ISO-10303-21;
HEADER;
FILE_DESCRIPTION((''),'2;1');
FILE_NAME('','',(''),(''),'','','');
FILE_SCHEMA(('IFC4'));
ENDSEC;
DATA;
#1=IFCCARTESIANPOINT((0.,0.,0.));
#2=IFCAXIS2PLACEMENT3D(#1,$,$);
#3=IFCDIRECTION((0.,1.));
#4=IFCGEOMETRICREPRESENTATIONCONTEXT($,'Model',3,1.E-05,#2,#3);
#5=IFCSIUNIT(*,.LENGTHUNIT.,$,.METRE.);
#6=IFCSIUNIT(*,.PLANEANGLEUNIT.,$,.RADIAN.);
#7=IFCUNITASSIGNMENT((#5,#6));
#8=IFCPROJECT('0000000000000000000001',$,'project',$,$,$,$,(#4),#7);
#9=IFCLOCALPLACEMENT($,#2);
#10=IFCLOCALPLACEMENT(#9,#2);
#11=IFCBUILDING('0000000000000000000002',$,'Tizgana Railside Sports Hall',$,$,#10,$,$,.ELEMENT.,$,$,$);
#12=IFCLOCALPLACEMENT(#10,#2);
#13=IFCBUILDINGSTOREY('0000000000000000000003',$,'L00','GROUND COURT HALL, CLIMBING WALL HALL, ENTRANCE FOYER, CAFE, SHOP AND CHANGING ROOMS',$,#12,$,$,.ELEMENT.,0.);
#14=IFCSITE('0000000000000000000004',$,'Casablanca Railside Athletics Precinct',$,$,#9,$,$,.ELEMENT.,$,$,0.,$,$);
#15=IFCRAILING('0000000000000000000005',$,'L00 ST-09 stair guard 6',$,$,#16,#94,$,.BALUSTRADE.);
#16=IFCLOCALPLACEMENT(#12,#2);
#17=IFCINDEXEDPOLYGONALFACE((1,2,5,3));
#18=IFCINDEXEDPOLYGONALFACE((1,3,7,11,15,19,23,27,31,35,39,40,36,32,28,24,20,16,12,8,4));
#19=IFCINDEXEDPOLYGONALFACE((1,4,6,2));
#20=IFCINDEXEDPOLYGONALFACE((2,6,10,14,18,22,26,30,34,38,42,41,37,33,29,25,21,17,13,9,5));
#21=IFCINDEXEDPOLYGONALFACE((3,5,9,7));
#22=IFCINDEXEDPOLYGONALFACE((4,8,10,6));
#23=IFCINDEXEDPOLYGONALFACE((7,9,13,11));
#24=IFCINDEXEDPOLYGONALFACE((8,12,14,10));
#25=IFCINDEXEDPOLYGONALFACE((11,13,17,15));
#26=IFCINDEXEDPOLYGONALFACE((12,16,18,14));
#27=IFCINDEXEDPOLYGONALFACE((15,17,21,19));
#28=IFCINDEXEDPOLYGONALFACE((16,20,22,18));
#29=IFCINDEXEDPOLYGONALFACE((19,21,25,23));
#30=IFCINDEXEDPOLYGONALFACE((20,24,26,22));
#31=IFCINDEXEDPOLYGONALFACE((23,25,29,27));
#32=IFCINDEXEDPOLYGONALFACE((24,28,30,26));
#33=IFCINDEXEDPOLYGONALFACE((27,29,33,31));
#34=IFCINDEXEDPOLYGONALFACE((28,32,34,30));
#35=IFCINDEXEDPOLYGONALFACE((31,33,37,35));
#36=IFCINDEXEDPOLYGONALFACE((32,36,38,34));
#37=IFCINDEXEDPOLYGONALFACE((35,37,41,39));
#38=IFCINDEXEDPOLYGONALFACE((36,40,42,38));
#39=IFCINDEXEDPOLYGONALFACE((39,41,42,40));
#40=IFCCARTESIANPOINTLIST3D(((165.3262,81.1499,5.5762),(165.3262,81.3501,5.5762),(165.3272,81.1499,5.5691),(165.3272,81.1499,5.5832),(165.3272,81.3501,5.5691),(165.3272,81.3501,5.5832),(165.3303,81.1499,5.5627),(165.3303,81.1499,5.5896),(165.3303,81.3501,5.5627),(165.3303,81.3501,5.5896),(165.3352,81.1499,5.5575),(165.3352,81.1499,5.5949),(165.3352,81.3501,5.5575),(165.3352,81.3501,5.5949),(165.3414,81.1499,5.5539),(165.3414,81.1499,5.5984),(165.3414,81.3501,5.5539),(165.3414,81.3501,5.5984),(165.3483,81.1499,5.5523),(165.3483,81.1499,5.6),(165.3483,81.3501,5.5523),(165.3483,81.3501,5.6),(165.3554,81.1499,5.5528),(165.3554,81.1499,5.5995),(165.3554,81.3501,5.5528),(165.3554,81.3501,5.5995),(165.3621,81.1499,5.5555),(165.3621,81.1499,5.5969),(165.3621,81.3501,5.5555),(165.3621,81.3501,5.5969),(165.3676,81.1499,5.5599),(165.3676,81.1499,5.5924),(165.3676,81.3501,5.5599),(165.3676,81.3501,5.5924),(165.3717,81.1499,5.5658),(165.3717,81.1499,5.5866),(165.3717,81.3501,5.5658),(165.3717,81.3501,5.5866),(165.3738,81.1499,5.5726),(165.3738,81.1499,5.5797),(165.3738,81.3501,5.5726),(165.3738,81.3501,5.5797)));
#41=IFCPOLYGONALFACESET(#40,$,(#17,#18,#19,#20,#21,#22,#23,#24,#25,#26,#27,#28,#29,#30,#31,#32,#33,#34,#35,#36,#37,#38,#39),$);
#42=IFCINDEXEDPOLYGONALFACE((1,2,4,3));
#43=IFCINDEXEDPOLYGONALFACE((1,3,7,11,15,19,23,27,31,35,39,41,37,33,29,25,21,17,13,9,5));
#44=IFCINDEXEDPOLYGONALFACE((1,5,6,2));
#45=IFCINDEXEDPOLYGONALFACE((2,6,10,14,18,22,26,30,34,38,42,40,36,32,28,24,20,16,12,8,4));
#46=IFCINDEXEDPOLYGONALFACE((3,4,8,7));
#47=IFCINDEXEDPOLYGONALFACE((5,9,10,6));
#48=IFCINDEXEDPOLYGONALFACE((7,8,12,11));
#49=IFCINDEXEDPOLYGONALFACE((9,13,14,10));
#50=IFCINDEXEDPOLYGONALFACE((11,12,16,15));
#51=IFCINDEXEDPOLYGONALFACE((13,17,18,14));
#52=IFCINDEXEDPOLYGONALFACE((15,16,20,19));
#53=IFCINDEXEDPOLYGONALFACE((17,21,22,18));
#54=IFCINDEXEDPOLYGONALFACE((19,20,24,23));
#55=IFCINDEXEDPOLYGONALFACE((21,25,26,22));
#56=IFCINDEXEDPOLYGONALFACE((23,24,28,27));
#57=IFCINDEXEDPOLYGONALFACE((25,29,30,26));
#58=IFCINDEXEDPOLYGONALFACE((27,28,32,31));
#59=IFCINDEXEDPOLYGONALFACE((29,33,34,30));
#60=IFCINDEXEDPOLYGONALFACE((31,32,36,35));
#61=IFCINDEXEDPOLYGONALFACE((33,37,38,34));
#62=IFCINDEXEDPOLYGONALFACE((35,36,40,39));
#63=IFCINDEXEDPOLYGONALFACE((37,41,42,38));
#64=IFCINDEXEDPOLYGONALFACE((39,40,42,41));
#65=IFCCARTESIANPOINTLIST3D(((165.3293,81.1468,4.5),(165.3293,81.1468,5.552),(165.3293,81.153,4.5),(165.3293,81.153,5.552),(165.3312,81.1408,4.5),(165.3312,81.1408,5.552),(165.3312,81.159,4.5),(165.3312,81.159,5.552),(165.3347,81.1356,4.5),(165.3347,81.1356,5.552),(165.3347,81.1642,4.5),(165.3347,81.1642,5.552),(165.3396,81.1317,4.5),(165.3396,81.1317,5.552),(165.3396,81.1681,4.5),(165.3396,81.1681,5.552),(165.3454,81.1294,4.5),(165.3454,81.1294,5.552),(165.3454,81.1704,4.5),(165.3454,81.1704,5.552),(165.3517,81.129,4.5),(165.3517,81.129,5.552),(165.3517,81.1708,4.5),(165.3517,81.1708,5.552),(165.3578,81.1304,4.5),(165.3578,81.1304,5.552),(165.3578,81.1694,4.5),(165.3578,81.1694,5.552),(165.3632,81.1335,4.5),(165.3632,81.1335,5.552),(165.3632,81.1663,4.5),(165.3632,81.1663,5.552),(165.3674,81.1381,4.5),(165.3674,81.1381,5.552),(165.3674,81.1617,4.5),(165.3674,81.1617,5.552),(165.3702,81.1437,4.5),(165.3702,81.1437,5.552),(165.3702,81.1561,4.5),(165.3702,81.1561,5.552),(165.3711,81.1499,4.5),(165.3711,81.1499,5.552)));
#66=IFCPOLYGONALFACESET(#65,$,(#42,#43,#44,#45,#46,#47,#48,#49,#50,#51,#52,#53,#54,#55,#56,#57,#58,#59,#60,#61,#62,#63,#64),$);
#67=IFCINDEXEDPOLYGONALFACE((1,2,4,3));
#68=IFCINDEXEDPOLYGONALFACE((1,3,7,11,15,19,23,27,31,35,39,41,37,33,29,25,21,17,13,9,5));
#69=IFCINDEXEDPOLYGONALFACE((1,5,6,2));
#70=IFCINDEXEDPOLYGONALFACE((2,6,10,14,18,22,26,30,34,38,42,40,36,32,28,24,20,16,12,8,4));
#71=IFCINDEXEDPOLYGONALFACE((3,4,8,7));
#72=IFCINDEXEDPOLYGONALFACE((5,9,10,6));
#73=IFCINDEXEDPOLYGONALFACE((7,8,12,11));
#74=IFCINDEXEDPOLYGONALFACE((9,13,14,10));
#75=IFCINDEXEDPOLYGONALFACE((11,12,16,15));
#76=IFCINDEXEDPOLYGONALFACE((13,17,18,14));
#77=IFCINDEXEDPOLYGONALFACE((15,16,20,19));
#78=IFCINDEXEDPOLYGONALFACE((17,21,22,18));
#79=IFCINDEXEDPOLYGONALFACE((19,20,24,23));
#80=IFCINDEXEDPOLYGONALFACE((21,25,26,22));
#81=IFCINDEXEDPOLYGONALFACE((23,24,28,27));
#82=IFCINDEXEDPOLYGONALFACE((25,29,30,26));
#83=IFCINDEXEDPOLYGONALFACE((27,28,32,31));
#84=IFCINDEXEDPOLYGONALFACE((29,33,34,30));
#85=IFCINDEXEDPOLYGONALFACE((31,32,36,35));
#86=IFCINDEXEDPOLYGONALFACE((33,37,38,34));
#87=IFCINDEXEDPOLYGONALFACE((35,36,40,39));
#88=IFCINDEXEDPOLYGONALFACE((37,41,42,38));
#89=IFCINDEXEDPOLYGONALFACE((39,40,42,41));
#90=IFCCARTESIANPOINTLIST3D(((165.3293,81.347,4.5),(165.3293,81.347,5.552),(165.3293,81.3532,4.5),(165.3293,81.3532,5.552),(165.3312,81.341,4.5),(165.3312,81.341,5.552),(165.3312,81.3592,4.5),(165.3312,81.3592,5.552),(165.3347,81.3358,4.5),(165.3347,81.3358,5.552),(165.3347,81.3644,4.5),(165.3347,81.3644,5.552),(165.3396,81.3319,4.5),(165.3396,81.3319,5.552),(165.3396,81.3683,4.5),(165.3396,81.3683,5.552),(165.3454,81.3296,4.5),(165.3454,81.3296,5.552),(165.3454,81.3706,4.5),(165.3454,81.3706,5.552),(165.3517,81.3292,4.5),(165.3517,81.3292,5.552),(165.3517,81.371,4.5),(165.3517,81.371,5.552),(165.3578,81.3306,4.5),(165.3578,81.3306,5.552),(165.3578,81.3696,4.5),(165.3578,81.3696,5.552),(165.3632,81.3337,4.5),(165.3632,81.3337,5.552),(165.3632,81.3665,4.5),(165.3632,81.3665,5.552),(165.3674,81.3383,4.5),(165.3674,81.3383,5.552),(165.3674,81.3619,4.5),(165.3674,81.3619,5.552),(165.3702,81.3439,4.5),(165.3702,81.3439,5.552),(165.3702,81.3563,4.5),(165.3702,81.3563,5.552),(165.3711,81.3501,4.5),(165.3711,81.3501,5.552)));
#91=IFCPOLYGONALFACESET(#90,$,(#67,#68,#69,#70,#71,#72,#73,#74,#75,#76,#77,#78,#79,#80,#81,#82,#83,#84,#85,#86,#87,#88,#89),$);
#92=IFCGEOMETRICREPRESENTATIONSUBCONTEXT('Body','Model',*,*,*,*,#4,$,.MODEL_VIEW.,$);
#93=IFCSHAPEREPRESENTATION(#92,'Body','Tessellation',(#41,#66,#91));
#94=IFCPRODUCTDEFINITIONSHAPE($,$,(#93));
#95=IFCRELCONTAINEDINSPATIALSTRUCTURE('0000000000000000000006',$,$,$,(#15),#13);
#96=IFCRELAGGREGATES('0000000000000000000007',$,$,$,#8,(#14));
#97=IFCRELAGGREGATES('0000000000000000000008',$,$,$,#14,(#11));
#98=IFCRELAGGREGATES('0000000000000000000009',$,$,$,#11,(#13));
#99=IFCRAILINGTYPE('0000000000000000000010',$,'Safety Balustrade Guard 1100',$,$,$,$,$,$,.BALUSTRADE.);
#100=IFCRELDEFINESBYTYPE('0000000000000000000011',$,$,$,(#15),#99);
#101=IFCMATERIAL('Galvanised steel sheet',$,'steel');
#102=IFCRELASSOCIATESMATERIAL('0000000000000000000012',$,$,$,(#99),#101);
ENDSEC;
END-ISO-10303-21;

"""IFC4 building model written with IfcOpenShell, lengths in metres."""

from ifc_helpers import new_model, si_unit, direction, frame, origin, origin_2d, place, context, subcontext, project, spatial, circle, extrude, material, type_object, element, save


model = new_model("IFC4")

# Units and contexts
model_context = context("Model", 3, precision=1e-05, world=origin(), true_north=direction((0.0, 1.0)))
body_context = subcontext(model_context, "Body", "Model", "MODEL_VIEW")
ifc_project = project(units=[si_unit("LENGTHUNIT", "METRE"), si_unit("PLANEANGLEUNIT", "RADIAN")], contexts=[model_context])

# Site, building, storey
site_placement = place(None, origin())
site = spatial("IfcSite", under=ifc_project, at=site_placement, Name="Casablanca Railside Athletics Precinct", CompositionType="ELEMENT", RefElevation=0.0)
building_placement = place(site_placement, origin())
building = spatial("IfcBuilding", under=site, at=building_placement, Name="Tizgana Railside Sports Hall", CompositionType="ELEMENT")
storey_placement = place(building_placement, origin())
storey = spatial("IfcBuildingStorey", under=building, at=storey_placement, Name="L00", Description="GROUND COURT HALL, CLIMBING WALL HALL, ENTRANCE FOYER, CAFE, SHOP AND CHANGING ROOMS", CompositionType="ELEMENT", Elevation=0.0)

# Railing
ifc_material_1 = material(Name="Galvanised steel sheet", Category="steel")
railing_type_1 = type_object("IfcRailingType", Name="Safety Balustrade Guard 1100", PredefinedType="BALUSTRADE", material=ifc_material_1)
railing_1_placement = place(storey_placement, frame((165.3501, 81.1499, 4.5)))
element("IfcRailing", 1, at=railing_1_placement, inside=storey, type_object=railing_type_1, Name="L00 ST-09 stair guard 6", PredefinedType="BALUSTRADE", context=body_context, shape_type="SweptSolid", body=[
    extrude(circle(Radius=0.0239, at=origin_2d()), frame((0.0, 0.0, 1.0762), z_axis=(0.0, 1.0, 0.0), x_axis=(-1.0, 0.0, 0.0)), (0.0, 0.0, 1.0), 0.2002),
    extrude(circle(Radius=0.021, at=origin_2d()), origin(), (0.0, 0.0, 1.0), 1.052),
    extrude(circle(Radius=0.021, at=origin_2d()), frame((0.0, 0.2002, 0.0)), (0.0, 0.0, 1.0), 1.052),
])

save(model, "model.ifc")
